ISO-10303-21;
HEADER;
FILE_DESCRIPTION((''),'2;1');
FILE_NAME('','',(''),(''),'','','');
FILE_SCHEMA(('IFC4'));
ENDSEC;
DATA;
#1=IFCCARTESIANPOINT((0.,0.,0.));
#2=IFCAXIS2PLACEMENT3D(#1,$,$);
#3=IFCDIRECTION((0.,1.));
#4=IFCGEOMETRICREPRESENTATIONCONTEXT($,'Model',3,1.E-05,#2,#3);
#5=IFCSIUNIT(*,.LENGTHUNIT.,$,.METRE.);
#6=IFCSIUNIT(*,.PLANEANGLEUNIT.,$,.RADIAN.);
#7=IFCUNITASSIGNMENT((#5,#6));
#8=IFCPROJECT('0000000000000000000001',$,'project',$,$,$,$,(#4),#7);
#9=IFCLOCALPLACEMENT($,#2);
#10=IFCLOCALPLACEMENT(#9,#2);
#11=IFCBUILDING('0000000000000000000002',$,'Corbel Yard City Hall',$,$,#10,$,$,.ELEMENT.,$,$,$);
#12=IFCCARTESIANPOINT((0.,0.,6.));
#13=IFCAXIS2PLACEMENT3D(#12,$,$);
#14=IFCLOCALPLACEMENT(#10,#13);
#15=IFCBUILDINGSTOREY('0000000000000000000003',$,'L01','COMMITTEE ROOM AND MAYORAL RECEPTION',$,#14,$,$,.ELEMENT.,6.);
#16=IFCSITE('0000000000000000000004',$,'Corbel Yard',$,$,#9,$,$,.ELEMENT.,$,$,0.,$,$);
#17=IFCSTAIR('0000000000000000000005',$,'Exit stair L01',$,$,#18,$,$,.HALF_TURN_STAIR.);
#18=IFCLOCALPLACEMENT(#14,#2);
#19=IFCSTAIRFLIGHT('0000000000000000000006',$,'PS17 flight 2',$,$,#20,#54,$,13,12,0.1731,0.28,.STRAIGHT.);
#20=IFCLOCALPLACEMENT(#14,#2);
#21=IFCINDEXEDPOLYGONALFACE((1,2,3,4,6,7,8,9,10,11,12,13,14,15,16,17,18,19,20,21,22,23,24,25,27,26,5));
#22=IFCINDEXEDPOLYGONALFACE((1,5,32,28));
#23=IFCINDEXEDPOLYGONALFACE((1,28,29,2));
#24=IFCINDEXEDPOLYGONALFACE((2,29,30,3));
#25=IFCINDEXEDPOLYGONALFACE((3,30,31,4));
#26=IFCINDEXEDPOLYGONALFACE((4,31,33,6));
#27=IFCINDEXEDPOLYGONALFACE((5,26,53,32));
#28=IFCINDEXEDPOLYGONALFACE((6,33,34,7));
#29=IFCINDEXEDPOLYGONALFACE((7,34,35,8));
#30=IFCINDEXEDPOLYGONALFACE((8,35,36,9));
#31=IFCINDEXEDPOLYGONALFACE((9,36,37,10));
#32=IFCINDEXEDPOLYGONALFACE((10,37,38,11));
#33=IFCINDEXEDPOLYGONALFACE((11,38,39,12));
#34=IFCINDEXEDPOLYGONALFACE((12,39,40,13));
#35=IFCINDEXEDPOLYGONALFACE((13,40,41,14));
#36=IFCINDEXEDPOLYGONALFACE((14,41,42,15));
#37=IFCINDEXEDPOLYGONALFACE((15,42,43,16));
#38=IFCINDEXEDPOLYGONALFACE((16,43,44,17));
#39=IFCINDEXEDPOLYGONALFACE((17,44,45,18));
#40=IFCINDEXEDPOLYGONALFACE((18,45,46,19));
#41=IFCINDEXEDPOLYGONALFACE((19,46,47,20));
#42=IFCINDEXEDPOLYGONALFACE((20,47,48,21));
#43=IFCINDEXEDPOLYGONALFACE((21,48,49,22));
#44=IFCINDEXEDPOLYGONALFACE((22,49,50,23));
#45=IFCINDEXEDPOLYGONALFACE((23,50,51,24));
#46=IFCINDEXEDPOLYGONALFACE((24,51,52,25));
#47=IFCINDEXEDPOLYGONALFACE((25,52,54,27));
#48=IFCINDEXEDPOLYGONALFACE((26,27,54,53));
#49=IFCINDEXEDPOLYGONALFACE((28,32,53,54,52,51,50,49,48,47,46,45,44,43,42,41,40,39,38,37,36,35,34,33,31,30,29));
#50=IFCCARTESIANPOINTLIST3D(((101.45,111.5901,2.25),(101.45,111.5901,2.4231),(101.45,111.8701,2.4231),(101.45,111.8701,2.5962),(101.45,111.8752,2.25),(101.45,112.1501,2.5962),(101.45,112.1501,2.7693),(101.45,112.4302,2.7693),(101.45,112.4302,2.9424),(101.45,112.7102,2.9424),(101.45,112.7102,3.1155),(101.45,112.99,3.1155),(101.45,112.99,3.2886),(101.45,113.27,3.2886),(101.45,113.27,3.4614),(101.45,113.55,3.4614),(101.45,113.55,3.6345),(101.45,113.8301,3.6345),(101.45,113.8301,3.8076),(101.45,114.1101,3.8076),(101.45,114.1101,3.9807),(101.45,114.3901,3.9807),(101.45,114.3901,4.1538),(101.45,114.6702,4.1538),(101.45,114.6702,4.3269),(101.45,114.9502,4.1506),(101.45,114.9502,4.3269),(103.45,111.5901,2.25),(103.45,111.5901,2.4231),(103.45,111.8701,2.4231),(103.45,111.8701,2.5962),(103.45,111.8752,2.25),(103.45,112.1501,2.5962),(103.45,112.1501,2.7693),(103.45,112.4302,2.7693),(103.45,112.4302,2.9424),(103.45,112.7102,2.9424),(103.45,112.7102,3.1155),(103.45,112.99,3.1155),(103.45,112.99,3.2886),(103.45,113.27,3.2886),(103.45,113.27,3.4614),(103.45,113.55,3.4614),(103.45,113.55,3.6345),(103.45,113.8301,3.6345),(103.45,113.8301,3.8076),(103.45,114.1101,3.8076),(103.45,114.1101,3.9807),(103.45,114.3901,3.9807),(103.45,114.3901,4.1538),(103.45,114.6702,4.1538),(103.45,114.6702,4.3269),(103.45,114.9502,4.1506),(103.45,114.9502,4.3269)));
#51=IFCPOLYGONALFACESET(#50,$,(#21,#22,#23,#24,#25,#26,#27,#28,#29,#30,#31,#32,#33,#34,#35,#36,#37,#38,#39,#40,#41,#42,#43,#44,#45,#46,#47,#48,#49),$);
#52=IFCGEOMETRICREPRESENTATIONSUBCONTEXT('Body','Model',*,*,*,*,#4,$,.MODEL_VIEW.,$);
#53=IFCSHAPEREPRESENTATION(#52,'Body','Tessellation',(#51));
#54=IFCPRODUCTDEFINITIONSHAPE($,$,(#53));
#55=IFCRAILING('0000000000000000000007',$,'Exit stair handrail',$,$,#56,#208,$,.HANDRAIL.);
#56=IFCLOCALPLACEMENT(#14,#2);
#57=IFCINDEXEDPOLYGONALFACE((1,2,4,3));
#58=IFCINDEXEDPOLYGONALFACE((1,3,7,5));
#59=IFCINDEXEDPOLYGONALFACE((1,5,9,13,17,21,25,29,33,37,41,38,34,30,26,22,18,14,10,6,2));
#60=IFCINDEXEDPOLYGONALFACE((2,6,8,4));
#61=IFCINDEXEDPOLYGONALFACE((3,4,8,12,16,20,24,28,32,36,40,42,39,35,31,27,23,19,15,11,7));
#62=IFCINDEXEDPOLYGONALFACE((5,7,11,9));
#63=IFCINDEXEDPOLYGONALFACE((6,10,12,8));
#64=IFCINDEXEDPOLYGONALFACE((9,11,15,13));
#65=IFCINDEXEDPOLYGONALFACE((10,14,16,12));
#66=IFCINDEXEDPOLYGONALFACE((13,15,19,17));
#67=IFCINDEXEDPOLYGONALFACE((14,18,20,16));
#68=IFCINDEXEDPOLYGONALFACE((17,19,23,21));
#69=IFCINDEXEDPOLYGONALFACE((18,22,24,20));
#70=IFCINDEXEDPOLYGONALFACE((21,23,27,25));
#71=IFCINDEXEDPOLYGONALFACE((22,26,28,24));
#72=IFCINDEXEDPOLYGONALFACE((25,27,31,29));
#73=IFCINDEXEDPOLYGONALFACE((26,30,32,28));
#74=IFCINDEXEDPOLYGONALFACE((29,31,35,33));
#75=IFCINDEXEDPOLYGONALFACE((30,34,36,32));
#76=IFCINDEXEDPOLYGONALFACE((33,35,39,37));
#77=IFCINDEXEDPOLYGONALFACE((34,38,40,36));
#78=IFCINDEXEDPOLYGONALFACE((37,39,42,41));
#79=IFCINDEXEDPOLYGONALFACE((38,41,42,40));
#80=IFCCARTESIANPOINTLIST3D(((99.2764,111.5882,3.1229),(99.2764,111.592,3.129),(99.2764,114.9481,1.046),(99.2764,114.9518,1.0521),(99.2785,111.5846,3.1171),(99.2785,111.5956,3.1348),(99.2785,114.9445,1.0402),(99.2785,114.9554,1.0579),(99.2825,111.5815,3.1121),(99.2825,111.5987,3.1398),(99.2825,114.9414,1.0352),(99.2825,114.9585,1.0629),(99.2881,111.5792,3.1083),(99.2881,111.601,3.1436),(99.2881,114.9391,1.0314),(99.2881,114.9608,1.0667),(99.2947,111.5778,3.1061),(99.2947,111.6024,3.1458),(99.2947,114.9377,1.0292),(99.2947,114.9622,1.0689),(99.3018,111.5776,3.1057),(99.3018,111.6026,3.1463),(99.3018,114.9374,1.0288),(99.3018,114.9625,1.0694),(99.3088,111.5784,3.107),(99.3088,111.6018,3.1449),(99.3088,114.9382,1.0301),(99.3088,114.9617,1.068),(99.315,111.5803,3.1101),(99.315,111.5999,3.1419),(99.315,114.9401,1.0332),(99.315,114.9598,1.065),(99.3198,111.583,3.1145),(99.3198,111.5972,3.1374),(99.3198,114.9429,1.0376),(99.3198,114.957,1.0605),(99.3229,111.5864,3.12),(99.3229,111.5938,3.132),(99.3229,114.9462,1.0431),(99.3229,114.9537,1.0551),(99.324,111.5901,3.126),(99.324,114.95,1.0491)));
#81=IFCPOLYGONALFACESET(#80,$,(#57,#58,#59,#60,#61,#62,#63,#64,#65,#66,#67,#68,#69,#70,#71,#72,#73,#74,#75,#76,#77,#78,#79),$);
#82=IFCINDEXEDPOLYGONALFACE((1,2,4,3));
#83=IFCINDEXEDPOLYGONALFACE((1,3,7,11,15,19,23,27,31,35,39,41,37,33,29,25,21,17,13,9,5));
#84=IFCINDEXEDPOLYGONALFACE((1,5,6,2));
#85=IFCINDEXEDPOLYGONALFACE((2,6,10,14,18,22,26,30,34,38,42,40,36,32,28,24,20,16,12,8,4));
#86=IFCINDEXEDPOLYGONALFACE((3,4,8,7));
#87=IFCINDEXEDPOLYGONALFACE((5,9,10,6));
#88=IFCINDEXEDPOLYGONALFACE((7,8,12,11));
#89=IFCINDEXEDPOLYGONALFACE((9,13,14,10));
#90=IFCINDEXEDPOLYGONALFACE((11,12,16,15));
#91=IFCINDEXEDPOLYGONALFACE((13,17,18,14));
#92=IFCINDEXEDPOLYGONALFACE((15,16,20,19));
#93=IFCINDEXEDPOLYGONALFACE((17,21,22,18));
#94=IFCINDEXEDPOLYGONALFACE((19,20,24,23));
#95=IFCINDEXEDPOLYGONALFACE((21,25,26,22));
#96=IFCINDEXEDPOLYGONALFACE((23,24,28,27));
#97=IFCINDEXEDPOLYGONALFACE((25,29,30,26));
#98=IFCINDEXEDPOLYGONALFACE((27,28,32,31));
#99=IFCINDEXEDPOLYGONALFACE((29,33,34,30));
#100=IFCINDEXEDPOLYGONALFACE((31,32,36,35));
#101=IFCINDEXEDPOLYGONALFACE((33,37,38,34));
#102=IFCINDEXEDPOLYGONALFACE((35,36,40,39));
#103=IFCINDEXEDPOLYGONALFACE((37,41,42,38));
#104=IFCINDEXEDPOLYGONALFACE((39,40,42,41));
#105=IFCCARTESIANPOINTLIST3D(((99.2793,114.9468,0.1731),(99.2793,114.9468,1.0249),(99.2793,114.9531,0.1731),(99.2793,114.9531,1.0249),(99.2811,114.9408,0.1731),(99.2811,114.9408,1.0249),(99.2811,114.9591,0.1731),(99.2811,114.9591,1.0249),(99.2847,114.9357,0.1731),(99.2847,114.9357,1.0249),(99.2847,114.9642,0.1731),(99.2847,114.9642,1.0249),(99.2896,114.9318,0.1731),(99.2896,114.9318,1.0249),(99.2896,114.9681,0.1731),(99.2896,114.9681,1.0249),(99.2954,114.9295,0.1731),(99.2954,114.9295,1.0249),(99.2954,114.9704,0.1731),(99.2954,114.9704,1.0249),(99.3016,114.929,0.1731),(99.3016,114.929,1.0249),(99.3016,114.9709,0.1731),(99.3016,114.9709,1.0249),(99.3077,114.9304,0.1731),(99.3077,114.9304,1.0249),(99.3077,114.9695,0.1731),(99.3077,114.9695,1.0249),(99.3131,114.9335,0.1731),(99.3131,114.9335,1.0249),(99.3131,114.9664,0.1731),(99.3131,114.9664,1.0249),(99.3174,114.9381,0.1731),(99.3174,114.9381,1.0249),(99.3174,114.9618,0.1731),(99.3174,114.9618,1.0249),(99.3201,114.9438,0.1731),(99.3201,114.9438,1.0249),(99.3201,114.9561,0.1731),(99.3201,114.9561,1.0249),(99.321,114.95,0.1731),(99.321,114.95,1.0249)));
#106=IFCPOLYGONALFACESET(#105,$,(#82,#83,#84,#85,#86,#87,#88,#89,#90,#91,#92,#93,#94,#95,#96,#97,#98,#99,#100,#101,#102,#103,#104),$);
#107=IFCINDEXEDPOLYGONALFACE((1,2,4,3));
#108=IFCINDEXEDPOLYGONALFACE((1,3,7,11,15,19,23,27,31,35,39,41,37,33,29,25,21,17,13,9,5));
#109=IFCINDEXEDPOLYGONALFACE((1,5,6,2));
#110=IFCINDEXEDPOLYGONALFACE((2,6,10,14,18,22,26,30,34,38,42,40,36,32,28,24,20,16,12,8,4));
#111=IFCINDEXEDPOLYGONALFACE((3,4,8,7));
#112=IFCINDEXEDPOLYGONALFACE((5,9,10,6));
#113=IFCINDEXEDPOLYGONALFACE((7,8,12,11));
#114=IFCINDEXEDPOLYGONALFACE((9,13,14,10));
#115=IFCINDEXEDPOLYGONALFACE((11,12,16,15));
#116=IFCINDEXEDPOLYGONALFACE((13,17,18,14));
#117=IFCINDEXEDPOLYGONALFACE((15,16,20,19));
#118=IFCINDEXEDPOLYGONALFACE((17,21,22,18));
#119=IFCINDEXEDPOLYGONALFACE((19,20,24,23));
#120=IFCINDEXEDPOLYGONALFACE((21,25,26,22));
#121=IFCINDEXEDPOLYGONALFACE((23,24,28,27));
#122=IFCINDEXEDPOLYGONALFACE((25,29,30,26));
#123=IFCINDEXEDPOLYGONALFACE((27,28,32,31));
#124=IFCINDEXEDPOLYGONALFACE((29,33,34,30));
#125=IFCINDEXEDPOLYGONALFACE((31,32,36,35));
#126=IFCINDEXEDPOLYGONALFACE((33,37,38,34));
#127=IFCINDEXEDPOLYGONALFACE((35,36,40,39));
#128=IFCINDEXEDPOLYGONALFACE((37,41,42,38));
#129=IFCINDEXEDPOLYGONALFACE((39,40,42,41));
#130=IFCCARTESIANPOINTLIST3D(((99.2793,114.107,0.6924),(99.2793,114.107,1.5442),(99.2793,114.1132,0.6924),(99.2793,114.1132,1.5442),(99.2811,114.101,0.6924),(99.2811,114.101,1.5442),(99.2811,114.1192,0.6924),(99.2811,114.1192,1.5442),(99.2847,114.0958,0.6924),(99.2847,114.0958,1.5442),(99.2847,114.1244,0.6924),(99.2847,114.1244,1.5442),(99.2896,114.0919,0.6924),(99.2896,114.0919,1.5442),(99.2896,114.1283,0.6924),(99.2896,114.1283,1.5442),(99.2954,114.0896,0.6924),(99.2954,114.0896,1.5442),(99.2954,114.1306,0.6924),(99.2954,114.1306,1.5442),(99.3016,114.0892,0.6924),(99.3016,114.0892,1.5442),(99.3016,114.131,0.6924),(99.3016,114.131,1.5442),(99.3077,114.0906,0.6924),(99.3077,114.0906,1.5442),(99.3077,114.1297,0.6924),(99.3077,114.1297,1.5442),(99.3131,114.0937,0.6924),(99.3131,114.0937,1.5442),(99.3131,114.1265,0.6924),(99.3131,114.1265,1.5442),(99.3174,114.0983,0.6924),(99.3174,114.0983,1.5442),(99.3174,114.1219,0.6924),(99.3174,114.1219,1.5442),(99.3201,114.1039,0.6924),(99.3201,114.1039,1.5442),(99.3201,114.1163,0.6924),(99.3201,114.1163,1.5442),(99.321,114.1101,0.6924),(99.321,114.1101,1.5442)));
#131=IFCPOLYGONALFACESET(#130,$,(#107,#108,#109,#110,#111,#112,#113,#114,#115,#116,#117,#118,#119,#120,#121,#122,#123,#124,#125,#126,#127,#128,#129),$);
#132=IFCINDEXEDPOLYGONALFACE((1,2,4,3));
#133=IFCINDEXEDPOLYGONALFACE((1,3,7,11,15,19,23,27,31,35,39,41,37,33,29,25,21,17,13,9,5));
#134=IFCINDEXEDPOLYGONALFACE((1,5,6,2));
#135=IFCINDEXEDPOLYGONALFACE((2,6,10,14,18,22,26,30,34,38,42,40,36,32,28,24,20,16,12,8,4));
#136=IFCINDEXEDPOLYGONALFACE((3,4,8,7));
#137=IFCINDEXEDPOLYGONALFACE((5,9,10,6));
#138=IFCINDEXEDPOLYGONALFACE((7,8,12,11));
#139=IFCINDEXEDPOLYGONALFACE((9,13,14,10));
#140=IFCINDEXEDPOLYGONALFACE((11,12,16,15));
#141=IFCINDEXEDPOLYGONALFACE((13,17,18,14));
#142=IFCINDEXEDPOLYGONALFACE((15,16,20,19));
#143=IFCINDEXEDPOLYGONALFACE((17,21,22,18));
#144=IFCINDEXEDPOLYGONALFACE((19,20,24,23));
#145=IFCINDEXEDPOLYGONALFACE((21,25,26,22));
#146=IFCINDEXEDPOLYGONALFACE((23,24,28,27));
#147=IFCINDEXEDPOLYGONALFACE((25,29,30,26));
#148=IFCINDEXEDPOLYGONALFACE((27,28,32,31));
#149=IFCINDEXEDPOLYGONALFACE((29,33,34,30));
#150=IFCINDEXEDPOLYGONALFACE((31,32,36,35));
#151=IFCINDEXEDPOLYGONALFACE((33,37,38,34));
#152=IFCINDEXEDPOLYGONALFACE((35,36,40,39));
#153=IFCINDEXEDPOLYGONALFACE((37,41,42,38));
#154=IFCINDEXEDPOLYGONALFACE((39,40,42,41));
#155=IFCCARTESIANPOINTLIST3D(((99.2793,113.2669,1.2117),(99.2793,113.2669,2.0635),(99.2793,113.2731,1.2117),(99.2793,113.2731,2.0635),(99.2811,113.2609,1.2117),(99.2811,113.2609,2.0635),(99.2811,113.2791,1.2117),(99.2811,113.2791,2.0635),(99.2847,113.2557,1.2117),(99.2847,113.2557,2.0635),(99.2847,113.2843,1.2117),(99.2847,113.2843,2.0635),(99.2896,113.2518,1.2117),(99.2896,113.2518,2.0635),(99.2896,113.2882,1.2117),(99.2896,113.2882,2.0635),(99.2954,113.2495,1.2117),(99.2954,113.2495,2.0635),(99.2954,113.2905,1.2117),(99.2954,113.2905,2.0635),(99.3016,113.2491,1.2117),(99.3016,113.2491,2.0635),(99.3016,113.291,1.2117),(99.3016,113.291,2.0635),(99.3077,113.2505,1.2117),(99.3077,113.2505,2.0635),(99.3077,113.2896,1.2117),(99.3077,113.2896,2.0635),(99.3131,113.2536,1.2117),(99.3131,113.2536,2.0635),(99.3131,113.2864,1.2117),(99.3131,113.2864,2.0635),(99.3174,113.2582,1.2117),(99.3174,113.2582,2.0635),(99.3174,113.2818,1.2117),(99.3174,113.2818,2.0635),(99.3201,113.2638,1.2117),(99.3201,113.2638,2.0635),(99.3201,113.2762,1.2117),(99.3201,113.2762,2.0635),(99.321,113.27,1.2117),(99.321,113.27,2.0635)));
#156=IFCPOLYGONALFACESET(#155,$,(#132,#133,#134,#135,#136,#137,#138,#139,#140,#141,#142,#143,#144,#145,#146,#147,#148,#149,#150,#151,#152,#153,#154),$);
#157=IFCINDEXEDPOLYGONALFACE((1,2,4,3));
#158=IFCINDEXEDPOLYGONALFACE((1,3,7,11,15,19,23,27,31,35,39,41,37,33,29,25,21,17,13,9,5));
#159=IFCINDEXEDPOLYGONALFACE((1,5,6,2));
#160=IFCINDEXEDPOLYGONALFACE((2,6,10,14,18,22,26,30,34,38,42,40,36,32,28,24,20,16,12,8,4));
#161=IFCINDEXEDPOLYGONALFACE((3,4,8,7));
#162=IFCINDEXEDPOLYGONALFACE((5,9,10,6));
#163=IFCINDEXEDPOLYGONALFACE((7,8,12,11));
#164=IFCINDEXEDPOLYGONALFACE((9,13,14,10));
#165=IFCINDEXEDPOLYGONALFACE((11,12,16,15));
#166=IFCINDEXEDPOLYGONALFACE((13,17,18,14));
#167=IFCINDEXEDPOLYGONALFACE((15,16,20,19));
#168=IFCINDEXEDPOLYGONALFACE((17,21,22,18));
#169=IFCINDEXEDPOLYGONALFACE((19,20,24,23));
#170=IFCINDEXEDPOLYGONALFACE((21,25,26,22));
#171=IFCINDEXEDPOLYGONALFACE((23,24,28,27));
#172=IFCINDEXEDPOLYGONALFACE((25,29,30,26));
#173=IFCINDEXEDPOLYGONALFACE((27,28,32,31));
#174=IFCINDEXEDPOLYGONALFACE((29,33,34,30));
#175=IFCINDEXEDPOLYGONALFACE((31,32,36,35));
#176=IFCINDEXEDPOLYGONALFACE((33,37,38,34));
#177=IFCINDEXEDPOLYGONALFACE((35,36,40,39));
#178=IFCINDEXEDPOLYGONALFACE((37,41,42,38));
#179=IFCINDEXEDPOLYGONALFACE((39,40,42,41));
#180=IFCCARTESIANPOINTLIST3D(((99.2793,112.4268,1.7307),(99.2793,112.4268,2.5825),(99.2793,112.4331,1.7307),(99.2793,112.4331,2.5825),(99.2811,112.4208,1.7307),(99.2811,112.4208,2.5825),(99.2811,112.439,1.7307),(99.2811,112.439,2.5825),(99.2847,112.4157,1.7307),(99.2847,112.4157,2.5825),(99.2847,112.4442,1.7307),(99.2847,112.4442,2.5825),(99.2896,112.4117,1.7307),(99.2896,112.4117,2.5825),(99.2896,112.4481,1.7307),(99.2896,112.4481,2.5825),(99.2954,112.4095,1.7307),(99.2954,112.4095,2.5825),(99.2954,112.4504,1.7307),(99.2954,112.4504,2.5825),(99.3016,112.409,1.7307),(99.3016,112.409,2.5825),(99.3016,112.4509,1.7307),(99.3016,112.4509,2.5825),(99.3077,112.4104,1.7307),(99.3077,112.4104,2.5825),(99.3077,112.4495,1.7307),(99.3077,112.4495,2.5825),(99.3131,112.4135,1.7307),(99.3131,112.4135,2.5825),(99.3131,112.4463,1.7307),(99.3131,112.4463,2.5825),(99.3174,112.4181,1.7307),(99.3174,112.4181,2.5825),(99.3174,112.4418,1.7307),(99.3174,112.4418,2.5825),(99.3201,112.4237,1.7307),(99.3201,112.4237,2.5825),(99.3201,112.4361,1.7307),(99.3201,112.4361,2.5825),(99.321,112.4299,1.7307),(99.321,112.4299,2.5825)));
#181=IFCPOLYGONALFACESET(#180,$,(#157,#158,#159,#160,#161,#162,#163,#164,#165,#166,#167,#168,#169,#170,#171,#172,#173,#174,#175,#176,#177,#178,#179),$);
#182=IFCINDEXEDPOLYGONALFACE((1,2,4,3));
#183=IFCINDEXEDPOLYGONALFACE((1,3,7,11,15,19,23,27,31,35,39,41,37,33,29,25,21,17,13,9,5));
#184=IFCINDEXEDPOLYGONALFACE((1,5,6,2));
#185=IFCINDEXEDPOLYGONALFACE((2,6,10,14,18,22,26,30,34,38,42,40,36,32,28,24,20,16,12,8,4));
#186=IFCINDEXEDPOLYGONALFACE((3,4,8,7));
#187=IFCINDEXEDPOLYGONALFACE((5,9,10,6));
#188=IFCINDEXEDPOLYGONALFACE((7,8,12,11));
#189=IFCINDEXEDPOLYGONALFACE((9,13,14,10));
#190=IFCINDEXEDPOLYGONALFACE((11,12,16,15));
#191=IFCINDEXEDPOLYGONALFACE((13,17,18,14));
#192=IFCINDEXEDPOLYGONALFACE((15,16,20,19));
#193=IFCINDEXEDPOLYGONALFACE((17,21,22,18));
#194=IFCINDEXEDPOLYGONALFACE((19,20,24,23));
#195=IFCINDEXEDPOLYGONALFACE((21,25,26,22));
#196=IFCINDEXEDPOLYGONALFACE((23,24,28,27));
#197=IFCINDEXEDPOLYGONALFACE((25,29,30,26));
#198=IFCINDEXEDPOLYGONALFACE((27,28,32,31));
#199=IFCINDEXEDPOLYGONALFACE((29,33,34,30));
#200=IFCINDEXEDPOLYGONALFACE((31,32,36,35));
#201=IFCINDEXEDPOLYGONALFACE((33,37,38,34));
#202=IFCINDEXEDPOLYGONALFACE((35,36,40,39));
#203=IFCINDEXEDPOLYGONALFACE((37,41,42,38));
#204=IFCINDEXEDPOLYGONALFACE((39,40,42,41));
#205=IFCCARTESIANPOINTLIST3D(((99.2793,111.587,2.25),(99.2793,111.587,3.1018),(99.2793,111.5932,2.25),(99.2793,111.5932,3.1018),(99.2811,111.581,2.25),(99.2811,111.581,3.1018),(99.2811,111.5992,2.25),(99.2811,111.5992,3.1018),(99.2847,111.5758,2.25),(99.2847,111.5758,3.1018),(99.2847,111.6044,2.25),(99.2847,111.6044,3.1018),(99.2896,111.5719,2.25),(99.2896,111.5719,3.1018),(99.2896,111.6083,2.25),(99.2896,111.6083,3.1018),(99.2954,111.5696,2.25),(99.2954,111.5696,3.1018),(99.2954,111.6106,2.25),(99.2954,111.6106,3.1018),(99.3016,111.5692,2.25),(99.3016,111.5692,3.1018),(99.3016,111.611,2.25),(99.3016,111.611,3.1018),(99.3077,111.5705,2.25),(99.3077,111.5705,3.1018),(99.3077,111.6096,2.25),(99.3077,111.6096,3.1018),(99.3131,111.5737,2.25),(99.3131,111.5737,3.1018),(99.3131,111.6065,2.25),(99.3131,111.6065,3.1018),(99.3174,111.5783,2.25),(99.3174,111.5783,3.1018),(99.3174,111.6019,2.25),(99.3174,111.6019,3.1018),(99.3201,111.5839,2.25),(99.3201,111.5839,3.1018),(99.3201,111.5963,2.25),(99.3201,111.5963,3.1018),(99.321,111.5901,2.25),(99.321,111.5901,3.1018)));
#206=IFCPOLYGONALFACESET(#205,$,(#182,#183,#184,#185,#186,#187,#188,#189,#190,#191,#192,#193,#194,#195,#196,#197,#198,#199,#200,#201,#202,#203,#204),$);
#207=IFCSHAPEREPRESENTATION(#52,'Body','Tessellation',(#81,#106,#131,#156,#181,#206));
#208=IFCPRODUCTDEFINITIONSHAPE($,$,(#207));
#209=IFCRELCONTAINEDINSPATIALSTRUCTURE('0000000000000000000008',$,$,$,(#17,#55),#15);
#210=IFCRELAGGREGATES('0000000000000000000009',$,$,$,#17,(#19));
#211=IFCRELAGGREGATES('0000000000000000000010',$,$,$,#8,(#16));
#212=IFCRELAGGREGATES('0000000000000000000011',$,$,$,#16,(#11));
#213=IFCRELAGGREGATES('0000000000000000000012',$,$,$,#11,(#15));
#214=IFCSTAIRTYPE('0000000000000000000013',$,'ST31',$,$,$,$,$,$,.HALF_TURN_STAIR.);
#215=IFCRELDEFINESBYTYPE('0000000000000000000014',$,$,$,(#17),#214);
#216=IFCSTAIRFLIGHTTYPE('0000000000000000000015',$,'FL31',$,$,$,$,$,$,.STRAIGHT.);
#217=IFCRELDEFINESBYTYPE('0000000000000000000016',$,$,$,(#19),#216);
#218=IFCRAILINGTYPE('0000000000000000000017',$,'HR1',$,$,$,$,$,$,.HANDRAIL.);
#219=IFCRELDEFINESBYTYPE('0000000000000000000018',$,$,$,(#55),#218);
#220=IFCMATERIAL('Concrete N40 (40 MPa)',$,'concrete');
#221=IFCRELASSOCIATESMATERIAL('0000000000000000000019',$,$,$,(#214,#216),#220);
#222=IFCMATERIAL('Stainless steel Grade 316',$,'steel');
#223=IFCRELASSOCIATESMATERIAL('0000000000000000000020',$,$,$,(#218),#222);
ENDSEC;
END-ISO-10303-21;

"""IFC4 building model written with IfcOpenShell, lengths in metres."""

from ifc_helpers import new_model, si_unit, direction, frame, origin, origin_2d, place, context, subcontext, project, spatial, polyline, circle, outline, extrude, material, type_object, element, aggregate, save


model = new_model("IFC4")

# Units and contexts
model_context = context("Model", 3, precision=1e-05, world=origin(), true_north=direction((0.0, 1.0)))
body_context = subcontext(model_context, "Body", "Model", "MODEL_VIEW")
ifc_project = project(units=[si_unit("LENGTHUNIT", "METRE"), si_unit("PLANEANGLEUNIT", "RADIAN")], contexts=[model_context])

# Site, building, storey
site_placement = place(None, origin())
site = spatial("IfcSite", under=ifc_project, at=site_placement, Name="Corbel Yard", CompositionType="ELEMENT", RefElevation=0.0)
building_placement = place(site_placement, origin())
building = spatial("IfcBuilding", under=site, at=building_placement, Name="Corbel Yard City Hall", CompositionType="ELEMENT")
storey_placement = place(building_placement, frame((0.0, 0.0, 6.0)))
storey = spatial("IfcBuildingStorey", under=building, at=storey_placement, Name="L01", Description="COMMITTEE ROOM AND MAYORAL RECEPTION", CompositionType="ELEMENT", Elevation=6.0)

# Shared definitions
ifc_material_1 = material(Name="Concrete N40 (40 MPa)", Category="concrete")

# Stair, stair flight
stair_type = type_object("IfcStairType", Name="ST31", PredefinedType="HALF_TURN_STAIR", material=ifc_material_1)
stair_placement = place(storey_placement, origin())
stair = element("IfcStair", 1, at=stair_placement, inside=storey, type_object=stair_type, Name="Exit stair L01", PredefinedType="HALF_TURN_STAIR")
stair_flight_type = type_object("IfcStairFlightType", Name="FL31", PredefinedType="STRAIGHT", material=ifc_material_1)
stair_flight_1_placement = place(storey_placement, frame((102.45, 111.5901, 2.25), z_axis=(0.0, 0.0, 1.0), x_axis=(0.0, 1.0, 0.0)))
stair_flight_1 = element("IfcStairFlight", 2, at=stair_flight_1_placement, type_object=stair_flight_type, Name="PS17 flight 2", NumberOfRisers=13, NumberOfTreads=12, PredefinedType="STRAIGHT", RiserHeight=0.1731, TreadLength=0.28, context=body_context, shape_type="SweptSolid", body=[
    extrude(outline(polyline([(0.0, 0.0), (0.0, 0.1731), (0.28, 0.1731), (0.28, 0.3462), (0.5601, 0.3462), (0.5601, 0.5193), (0.8401, 0.5193), (0.8401, 0.6924), (1.1201, 0.6924), (1.1201, 0.8655), (1.3999, 0.8655), (1.3999, 1.0386), (1.6799, 1.0386), (1.6799, 1.2114), (1.96, 1.2114), (1.96, 1.3845), (2.24, 1.3845), (2.24, 1.5576), (2.52, 1.5576), (2.52, 1.7307), (2.8, 1.7307), (2.8, 1.9038), (3.0801, 1.9038), (3.0801, 2.0769), (3.3601, 2.0769), (3.3601, 2.25), (3.3601, 1.9006), (0.2852, 0.0), (0.0, 0.0)])), frame((0.0, 1.0, 0.0), z_axis=(0.0, -1.0, 0.0), x_axis=(1.0, 0.0, 0.0)), (0.0, 0.0, 1.0), 2.0),
])
aggregate(stair, [stair_flight_1])

# Railing
ifc_material_2 = material(Name="Stainless steel Grade 316", Category="steel")
railing_type = type_object("IfcRailingType", Name="HR1", PredefinedType="HANDRAIL", material=ifc_material_2)
for number, where, name in (
    (3, (99.3, 114.95, 0.1731), "Exit stair handrail"),
):
    element("IfcRailing", number, at=place(storey_placement, frame(where)), inside=storey, type_object=railing_type, Name=name, PredefinedType="HANDRAIL", context=body_context, shape_type="SweptSolid", body=[
        extrude(circle(Radius=0.0239, at=origin_2d()), frame((0.0, 0.0, 0.876), z_axis=(0.0, -0.850606, 0.525803), x_axis=(1.0, 0.0, 0.0)), (0.0, 0.0, 1.0), 3.95),
        extrude(circle(Radius=0.021, at=origin_2d()), origin(), (0.0, 0.0, 1.0), 0.8518),
        extrude(circle(Radius=0.021, at=origin_2d()), frame((0.0, -0.8398, 0.5193)), (0.0, 0.0, 1.0), 0.8518),
        extrude(circle(Radius=0.021, at=origin_2d()), frame((0.0, -1.6799, 1.0386)), (0.0, 0.0, 1.0), 0.8518),
        extrude(circle(Radius=0.021, at=origin_2d()), frame((0.0, -2.52, 1.5576)), (0.0, 0.0, 1.0), 0.8518),
        extrude(circle(Radius=0.021, at=origin_2d()), frame((0.0, -3.3599, 2.0769)), (0.0, 0.0, 1.0), 0.8518),
    ])

save(model, "model.ifc")
